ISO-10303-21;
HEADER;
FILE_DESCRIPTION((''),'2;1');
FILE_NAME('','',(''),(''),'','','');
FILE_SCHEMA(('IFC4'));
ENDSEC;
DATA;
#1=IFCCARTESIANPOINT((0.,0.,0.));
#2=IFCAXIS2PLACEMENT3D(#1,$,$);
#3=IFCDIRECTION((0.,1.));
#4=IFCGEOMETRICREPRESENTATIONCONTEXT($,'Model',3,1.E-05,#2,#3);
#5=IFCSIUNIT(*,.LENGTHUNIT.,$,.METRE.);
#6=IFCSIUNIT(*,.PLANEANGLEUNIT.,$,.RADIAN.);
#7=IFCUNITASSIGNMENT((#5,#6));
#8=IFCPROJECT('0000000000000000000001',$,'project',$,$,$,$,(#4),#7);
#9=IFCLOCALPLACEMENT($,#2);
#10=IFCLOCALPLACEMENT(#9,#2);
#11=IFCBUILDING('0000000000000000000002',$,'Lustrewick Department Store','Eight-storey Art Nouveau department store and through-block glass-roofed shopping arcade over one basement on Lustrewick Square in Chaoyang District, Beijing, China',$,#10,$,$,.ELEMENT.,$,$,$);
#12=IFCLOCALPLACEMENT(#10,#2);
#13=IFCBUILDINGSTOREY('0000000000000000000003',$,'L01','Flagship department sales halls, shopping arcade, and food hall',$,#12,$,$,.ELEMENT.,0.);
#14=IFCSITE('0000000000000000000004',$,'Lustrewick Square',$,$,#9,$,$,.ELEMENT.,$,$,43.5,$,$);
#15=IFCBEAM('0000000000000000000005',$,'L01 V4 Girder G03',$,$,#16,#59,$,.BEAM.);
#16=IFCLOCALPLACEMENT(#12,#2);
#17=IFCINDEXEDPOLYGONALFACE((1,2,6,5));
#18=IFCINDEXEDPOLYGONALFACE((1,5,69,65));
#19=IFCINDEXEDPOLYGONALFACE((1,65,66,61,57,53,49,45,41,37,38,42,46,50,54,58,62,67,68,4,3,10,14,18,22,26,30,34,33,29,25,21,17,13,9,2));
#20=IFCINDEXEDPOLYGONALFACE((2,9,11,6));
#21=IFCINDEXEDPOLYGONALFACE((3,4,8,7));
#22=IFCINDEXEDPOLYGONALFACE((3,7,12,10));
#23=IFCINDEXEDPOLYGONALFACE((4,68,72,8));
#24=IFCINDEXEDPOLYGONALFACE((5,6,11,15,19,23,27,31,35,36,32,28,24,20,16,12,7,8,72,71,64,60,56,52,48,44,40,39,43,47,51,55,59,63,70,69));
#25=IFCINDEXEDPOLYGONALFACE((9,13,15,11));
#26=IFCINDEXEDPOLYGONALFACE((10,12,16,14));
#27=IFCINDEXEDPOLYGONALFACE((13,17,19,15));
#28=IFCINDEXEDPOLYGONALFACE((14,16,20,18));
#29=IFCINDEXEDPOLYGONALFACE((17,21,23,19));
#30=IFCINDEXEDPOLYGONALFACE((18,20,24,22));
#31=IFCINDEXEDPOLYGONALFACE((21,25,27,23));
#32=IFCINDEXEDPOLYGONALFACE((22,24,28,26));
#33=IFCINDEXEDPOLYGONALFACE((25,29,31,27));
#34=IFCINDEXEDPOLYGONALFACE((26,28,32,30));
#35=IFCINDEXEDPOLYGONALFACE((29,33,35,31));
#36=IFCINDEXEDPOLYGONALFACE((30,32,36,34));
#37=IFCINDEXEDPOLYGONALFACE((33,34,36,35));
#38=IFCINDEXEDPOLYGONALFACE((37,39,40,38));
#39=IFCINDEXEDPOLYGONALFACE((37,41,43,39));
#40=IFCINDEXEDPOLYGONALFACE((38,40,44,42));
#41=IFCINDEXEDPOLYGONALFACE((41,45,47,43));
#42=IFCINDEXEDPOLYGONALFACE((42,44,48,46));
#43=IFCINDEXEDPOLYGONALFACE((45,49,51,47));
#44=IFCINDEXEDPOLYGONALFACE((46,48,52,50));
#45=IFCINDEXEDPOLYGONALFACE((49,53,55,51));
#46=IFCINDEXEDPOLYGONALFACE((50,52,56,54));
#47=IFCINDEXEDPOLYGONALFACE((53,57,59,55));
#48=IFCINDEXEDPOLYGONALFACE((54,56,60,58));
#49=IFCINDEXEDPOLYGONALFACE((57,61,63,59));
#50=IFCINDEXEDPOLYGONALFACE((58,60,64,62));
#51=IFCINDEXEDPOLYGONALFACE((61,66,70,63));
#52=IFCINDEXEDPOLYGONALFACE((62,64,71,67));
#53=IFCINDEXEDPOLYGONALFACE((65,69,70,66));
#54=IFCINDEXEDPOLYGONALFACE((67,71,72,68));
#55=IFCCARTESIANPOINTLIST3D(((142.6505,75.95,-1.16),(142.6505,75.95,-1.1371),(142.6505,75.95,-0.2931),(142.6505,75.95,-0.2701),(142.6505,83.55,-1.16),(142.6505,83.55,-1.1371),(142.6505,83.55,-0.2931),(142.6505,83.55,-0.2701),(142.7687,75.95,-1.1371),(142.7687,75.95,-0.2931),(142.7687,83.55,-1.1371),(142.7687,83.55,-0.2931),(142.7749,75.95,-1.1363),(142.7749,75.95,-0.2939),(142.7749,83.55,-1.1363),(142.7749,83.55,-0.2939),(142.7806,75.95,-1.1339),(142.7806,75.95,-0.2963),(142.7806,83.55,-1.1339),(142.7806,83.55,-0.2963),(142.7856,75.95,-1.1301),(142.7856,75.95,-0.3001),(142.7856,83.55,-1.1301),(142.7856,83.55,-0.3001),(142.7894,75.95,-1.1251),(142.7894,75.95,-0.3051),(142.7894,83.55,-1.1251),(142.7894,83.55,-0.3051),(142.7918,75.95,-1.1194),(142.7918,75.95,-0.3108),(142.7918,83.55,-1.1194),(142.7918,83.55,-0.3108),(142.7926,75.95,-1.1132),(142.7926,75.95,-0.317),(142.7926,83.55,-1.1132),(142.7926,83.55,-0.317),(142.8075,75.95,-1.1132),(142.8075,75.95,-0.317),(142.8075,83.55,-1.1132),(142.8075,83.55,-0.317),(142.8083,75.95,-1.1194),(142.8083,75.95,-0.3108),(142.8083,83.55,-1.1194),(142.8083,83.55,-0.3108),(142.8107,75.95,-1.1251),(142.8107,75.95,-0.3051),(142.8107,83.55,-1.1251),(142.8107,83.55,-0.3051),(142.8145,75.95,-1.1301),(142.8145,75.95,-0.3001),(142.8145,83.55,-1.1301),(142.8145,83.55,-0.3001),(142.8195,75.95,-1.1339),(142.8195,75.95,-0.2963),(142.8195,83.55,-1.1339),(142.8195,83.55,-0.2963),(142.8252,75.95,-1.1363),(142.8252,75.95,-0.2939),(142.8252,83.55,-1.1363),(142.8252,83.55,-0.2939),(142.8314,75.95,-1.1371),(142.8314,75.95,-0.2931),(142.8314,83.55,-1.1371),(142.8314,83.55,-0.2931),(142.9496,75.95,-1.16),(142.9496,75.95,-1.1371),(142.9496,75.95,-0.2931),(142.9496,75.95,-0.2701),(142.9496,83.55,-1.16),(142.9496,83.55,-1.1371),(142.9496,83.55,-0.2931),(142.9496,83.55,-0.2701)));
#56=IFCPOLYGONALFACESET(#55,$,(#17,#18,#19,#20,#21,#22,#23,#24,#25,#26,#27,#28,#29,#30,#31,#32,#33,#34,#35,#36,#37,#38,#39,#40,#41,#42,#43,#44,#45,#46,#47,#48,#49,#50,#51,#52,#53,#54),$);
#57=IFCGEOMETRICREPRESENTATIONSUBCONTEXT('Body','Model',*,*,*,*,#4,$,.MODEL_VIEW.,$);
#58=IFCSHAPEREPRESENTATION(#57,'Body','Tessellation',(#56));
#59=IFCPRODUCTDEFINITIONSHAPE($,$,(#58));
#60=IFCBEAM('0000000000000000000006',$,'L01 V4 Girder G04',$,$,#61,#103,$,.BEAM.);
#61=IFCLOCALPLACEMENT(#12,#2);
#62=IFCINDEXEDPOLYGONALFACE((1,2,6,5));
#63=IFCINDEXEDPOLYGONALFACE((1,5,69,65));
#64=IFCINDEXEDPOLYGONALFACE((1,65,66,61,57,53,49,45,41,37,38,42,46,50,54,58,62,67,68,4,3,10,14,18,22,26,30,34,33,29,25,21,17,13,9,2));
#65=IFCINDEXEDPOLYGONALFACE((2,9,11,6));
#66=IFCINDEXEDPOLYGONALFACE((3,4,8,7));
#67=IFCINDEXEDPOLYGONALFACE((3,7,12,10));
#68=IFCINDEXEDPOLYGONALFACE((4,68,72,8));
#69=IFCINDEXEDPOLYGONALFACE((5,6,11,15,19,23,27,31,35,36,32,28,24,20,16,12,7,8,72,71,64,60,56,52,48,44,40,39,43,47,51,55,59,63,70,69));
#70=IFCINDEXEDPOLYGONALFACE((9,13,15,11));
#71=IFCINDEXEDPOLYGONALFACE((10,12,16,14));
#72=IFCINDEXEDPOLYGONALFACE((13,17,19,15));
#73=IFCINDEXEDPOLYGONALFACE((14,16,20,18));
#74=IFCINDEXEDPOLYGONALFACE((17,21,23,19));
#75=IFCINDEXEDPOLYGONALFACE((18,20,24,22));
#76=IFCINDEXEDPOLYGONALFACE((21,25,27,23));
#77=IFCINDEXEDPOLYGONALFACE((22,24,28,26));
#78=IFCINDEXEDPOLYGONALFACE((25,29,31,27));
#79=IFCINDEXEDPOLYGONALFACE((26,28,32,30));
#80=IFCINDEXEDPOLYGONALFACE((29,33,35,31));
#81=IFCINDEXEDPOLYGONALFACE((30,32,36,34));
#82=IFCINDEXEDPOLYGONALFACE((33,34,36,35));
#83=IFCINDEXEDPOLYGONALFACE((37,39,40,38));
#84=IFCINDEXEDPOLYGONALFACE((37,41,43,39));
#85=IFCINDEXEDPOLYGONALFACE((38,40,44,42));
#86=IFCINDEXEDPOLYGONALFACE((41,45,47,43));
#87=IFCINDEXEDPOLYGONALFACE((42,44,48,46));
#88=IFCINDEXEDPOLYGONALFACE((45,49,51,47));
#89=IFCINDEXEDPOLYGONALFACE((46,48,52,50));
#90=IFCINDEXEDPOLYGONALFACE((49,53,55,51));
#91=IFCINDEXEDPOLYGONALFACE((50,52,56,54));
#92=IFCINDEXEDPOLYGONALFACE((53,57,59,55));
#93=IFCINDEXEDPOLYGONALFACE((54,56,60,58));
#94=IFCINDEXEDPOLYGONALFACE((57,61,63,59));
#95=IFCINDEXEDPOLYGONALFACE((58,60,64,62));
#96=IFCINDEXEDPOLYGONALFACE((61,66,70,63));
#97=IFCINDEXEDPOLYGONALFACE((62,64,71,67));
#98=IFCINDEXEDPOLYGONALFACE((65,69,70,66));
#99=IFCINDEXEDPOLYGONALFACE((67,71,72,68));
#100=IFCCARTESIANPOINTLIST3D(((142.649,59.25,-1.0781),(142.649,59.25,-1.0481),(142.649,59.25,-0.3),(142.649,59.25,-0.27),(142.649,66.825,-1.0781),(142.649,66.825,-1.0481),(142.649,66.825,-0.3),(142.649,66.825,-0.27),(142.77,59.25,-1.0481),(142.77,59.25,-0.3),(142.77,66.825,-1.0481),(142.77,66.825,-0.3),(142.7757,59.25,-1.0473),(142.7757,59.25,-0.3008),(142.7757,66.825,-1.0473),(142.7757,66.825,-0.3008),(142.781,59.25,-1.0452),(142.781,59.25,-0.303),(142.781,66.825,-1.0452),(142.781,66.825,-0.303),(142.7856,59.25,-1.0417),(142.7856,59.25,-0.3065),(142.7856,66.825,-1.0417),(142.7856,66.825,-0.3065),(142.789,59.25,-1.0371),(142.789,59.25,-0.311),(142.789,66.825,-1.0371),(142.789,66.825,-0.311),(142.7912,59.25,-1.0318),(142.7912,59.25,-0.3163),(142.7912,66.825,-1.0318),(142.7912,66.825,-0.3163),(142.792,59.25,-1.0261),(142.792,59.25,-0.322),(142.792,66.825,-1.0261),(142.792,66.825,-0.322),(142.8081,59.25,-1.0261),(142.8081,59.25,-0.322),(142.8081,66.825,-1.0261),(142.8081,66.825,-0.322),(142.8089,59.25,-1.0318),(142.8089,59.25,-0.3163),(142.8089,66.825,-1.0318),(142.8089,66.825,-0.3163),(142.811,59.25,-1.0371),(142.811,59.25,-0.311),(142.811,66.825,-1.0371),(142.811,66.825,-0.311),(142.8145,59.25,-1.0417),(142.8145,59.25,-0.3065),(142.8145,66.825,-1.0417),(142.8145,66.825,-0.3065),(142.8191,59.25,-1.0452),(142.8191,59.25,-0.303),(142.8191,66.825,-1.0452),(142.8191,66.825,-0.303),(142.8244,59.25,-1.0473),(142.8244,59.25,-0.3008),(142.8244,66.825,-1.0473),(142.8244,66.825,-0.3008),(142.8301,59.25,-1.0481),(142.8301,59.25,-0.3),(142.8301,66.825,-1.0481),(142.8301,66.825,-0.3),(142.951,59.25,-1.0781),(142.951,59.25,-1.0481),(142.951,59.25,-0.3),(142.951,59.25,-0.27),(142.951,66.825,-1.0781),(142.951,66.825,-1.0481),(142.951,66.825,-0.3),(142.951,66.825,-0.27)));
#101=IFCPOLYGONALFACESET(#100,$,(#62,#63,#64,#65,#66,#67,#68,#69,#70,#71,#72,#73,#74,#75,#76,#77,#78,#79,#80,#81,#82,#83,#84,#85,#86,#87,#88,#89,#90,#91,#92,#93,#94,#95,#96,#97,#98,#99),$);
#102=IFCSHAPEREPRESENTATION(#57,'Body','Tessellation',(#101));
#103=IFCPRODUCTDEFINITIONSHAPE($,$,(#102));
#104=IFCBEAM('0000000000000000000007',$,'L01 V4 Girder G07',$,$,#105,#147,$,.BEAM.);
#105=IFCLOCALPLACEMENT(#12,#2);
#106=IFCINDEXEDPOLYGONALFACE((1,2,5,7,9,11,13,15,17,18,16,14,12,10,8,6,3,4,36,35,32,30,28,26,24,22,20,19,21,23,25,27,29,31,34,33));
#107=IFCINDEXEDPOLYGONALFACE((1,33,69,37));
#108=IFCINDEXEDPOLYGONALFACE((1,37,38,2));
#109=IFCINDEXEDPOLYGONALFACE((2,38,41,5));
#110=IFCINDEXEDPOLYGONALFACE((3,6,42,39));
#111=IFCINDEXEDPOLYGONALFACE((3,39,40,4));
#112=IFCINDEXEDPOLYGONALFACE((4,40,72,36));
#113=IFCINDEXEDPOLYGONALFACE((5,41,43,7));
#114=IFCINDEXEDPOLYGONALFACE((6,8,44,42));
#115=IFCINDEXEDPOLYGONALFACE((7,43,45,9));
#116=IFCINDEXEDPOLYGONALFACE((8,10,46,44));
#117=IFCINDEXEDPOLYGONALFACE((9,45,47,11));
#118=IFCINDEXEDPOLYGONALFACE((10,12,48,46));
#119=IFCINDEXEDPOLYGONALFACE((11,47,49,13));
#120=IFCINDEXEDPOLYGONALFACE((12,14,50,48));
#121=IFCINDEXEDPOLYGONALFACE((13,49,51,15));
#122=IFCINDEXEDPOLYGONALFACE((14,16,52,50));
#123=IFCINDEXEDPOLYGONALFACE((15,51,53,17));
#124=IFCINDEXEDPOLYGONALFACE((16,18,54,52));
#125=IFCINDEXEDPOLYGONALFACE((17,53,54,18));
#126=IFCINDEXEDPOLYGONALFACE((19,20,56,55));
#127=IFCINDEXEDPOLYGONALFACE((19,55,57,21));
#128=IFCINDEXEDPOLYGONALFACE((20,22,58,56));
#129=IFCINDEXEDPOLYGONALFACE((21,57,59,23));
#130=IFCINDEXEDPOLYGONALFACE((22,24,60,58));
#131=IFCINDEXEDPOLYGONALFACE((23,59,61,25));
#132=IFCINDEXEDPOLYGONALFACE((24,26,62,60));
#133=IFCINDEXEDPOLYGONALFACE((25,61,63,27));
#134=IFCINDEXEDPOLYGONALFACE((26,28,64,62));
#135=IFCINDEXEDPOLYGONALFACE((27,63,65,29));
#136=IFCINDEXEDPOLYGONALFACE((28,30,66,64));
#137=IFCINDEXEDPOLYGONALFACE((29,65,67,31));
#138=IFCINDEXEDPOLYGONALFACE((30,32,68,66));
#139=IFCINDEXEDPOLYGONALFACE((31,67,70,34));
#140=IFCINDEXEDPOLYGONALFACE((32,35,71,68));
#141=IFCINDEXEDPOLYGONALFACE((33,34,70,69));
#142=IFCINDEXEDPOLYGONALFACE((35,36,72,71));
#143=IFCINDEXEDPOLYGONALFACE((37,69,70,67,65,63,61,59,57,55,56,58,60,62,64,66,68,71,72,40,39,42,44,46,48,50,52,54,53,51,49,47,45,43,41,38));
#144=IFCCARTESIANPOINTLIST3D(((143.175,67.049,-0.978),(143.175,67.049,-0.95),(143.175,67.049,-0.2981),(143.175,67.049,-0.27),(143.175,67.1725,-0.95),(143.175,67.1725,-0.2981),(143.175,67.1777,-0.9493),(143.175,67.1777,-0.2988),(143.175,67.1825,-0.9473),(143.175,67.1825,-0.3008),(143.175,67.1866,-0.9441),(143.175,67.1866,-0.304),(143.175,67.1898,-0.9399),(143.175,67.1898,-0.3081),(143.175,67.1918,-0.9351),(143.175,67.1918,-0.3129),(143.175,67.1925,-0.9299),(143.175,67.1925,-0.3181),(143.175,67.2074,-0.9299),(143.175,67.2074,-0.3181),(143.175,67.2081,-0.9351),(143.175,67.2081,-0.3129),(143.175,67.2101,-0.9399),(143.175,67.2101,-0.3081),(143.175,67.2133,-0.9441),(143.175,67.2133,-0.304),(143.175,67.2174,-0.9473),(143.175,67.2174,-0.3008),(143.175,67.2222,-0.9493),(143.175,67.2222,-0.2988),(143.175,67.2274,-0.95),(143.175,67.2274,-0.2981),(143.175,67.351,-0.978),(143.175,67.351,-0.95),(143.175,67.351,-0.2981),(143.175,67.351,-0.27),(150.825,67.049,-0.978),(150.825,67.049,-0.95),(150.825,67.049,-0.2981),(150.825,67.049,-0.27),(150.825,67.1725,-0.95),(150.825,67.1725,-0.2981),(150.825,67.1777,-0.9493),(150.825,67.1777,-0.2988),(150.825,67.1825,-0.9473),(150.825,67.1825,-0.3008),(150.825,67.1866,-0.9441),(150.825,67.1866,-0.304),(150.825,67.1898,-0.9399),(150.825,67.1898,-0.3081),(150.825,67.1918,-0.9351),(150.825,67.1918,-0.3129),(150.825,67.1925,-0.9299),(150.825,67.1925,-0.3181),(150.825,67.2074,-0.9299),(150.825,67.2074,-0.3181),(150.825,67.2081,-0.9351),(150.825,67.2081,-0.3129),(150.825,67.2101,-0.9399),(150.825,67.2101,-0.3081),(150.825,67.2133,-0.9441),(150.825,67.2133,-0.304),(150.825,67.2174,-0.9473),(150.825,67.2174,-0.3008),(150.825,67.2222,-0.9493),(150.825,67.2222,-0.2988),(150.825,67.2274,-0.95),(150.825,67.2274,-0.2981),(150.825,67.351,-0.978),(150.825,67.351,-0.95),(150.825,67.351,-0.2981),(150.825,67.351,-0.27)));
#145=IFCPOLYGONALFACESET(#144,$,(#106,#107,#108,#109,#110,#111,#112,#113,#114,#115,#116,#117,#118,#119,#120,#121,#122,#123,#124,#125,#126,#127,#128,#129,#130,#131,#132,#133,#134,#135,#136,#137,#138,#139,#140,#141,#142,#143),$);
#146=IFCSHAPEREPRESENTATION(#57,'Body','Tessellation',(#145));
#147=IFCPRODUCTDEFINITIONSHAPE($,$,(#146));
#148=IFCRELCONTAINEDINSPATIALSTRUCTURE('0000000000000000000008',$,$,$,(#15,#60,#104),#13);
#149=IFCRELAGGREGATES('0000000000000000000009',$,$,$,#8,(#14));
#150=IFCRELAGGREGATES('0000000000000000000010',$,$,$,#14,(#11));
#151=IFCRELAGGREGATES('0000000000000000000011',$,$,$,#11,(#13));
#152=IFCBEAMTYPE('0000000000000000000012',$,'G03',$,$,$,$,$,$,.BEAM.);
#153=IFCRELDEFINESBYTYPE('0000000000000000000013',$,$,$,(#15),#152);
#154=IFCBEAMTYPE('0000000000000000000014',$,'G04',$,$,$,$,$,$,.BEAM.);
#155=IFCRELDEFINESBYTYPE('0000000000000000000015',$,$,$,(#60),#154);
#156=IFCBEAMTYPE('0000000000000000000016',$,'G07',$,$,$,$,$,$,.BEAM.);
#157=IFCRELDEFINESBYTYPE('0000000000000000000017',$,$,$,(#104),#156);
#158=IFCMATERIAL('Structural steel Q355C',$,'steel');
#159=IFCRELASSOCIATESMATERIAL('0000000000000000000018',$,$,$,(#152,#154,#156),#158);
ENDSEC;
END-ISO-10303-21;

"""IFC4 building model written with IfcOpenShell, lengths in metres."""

from ifc_helpers import new_model, si_unit, direction, frame, origin, origin_2d, place, context, subcontext, project, spatial, i_section, extrude, material, material_profile, profile_set, type_object, element, save


model = new_model("IFC4")

# Units and contexts
model_context = context("Model", 3, precision=1e-05, world=origin(), true_north=direction((0.0, 1.0)))
body_context = subcontext(model_context, "Body", "Model", "MODEL_VIEW")
ifc_project = project(units=[si_unit("LENGTHUNIT", "METRE"), si_unit("PLANEANGLEUNIT", "RADIAN")], contexts=[model_context])

# Site, building, storey
site_placement = place(None, origin())
site = spatial("IfcSite", under=ifc_project, at=site_placement, Name="Lustrewick Square", CompositionType="ELEMENT", RefElevation=43.5)
building_placement = place(site_placement, origin())
building = spatial("IfcBuilding", under=site, at=building_placement, Name="Lustrewick Department Store", Description="Eight-storey Art Nouveau department store and through-block glass-roofed shopping arcade over one basement on Lustrewick Square in Chaoyang District, Beijing, China", CompositionType="ELEMENT")
storey_placement = place(building_placement, origin())
storey = spatial("IfcBuildingStorey", under=building, at=storey_placement, Name="L01", Description="Flagship department sales halls, shopping arcade, and food hall", CompositionType="ELEMENT", Elevation=0.0)

# Shared definitions
ifc_material_1 = material(Name="Structural steel Q355C", Category="steel")

# Beams
ifc_material_profile_1 = material_profile(ifc_material_1, i_section(OverallWidth=0.2991, OverallDepth=0.8899, WebThickness=0.0149, FlangeThickness=0.0229, FilletRadius=0.0239, at=origin_2d()), Name="HN 890x299x15x23")
ifc_profile_set_1 = profile_set([ifc_material_profile_1], Name="Structural steel Q355C")
beam_type_1 = type_object("IfcBeamType", Name="G03", PredefinedType="BEAM", material=ifc_profile_set_1)
beam_1_placement = place(storey_placement, frame((142.8, 75.95, -0.7151), z_axis=(0.0, 1.0, 0.0), x_axis=(-1.0, 0.0, 0.0)))
element("IfcBeam", 1, at=beam_1_placement, inside=storey, type_object=beam_type_1, Name="L01 V4 Girder G03", PredefinedType="BEAM", context=body_context, shape_type="SweptSolid", body=[
    extrude(i_section(OverallWidth=0.2991, OverallDepth=0.8899, WebThickness=0.0149, FlangeThickness=0.0229, FilletRadius=0.0239, at=origin_2d()), origin(), (0.0, 0.0, 1.0), 7.6001),
])
ifc_material_profile_2 = material_profile(ifc_material_1, i_section(OverallWidth=0.302, OverallDepth=0.8081, WebThickness=0.0161, FlangeThickness=0.03, FilletRadius=0.022, at=origin_2d()), Name="HN 808x302x16x30")
ifc_profile_set_2 = profile_set([ifc_material_profile_2], Name="Structural steel Q355C")
beam_type_2 = type_object("IfcBeamType", Name="G04", PredefinedType="BEAM", material=ifc_profile_set_2)
beam_2_placement = place(storey_placement, frame((142.8, 59.25, -0.6741), z_axis=(0.0, 1.0, 0.0), x_axis=(-1.0, 0.0, 0.0)))
element("IfcBeam", 2, at=beam_2_placement, inside=storey, type_object=beam_type_2, Name="L01 V4 Girder G04", PredefinedType="BEAM", context=body_context, shape_type="SweptSolid", body=[
    extrude(i_section(OverallWidth=0.302, OverallDepth=0.8081, WebThickness=0.0161, FlangeThickness=0.03, FilletRadius=0.022, at=origin_2d()), origin(), (0.0, 0.0, 1.0), 7.575),
])
ifc_material_profile_3 = material_profile(ifc_material_1, i_section(OverallWidth=0.302, OverallDepth=0.708, WebThickness=0.0149, FlangeThickness=0.0281, FilletRadius=0.02, at=origin_2d()), Name="HN 708x302x15x28")
ifc_profile_set_3 = profile_set([ifc_material_profile_3], Name="Structural steel Q355C")
beam_type_3 = type_object("IfcBeamType", Name="G07", PredefinedType="BEAM", material=ifc_profile_set_3)
beam_3_placement = place(storey_placement, frame((143.175, 67.2, -0.624), z_axis=(1.0, 0.0, 0.0), x_axis=(0.0, 1.0, 0.0)))
element("IfcBeam", 3, at=beam_3_placement, inside=storey, type_object=beam_type_3, Name="L01 V4 Girder G07", PredefinedType="BEAM", context=body_context, shape_type="SweptSolid", body=[
    extrude(i_section(OverallWidth=0.302, OverallDepth=0.708, WebThickness=0.0149, FlangeThickness=0.0281, FilletRadius=0.02, at=origin_2d()), origin(), (0.0, 0.0, 1.0), 7.6499),
])

save(model, "model.ifc")
